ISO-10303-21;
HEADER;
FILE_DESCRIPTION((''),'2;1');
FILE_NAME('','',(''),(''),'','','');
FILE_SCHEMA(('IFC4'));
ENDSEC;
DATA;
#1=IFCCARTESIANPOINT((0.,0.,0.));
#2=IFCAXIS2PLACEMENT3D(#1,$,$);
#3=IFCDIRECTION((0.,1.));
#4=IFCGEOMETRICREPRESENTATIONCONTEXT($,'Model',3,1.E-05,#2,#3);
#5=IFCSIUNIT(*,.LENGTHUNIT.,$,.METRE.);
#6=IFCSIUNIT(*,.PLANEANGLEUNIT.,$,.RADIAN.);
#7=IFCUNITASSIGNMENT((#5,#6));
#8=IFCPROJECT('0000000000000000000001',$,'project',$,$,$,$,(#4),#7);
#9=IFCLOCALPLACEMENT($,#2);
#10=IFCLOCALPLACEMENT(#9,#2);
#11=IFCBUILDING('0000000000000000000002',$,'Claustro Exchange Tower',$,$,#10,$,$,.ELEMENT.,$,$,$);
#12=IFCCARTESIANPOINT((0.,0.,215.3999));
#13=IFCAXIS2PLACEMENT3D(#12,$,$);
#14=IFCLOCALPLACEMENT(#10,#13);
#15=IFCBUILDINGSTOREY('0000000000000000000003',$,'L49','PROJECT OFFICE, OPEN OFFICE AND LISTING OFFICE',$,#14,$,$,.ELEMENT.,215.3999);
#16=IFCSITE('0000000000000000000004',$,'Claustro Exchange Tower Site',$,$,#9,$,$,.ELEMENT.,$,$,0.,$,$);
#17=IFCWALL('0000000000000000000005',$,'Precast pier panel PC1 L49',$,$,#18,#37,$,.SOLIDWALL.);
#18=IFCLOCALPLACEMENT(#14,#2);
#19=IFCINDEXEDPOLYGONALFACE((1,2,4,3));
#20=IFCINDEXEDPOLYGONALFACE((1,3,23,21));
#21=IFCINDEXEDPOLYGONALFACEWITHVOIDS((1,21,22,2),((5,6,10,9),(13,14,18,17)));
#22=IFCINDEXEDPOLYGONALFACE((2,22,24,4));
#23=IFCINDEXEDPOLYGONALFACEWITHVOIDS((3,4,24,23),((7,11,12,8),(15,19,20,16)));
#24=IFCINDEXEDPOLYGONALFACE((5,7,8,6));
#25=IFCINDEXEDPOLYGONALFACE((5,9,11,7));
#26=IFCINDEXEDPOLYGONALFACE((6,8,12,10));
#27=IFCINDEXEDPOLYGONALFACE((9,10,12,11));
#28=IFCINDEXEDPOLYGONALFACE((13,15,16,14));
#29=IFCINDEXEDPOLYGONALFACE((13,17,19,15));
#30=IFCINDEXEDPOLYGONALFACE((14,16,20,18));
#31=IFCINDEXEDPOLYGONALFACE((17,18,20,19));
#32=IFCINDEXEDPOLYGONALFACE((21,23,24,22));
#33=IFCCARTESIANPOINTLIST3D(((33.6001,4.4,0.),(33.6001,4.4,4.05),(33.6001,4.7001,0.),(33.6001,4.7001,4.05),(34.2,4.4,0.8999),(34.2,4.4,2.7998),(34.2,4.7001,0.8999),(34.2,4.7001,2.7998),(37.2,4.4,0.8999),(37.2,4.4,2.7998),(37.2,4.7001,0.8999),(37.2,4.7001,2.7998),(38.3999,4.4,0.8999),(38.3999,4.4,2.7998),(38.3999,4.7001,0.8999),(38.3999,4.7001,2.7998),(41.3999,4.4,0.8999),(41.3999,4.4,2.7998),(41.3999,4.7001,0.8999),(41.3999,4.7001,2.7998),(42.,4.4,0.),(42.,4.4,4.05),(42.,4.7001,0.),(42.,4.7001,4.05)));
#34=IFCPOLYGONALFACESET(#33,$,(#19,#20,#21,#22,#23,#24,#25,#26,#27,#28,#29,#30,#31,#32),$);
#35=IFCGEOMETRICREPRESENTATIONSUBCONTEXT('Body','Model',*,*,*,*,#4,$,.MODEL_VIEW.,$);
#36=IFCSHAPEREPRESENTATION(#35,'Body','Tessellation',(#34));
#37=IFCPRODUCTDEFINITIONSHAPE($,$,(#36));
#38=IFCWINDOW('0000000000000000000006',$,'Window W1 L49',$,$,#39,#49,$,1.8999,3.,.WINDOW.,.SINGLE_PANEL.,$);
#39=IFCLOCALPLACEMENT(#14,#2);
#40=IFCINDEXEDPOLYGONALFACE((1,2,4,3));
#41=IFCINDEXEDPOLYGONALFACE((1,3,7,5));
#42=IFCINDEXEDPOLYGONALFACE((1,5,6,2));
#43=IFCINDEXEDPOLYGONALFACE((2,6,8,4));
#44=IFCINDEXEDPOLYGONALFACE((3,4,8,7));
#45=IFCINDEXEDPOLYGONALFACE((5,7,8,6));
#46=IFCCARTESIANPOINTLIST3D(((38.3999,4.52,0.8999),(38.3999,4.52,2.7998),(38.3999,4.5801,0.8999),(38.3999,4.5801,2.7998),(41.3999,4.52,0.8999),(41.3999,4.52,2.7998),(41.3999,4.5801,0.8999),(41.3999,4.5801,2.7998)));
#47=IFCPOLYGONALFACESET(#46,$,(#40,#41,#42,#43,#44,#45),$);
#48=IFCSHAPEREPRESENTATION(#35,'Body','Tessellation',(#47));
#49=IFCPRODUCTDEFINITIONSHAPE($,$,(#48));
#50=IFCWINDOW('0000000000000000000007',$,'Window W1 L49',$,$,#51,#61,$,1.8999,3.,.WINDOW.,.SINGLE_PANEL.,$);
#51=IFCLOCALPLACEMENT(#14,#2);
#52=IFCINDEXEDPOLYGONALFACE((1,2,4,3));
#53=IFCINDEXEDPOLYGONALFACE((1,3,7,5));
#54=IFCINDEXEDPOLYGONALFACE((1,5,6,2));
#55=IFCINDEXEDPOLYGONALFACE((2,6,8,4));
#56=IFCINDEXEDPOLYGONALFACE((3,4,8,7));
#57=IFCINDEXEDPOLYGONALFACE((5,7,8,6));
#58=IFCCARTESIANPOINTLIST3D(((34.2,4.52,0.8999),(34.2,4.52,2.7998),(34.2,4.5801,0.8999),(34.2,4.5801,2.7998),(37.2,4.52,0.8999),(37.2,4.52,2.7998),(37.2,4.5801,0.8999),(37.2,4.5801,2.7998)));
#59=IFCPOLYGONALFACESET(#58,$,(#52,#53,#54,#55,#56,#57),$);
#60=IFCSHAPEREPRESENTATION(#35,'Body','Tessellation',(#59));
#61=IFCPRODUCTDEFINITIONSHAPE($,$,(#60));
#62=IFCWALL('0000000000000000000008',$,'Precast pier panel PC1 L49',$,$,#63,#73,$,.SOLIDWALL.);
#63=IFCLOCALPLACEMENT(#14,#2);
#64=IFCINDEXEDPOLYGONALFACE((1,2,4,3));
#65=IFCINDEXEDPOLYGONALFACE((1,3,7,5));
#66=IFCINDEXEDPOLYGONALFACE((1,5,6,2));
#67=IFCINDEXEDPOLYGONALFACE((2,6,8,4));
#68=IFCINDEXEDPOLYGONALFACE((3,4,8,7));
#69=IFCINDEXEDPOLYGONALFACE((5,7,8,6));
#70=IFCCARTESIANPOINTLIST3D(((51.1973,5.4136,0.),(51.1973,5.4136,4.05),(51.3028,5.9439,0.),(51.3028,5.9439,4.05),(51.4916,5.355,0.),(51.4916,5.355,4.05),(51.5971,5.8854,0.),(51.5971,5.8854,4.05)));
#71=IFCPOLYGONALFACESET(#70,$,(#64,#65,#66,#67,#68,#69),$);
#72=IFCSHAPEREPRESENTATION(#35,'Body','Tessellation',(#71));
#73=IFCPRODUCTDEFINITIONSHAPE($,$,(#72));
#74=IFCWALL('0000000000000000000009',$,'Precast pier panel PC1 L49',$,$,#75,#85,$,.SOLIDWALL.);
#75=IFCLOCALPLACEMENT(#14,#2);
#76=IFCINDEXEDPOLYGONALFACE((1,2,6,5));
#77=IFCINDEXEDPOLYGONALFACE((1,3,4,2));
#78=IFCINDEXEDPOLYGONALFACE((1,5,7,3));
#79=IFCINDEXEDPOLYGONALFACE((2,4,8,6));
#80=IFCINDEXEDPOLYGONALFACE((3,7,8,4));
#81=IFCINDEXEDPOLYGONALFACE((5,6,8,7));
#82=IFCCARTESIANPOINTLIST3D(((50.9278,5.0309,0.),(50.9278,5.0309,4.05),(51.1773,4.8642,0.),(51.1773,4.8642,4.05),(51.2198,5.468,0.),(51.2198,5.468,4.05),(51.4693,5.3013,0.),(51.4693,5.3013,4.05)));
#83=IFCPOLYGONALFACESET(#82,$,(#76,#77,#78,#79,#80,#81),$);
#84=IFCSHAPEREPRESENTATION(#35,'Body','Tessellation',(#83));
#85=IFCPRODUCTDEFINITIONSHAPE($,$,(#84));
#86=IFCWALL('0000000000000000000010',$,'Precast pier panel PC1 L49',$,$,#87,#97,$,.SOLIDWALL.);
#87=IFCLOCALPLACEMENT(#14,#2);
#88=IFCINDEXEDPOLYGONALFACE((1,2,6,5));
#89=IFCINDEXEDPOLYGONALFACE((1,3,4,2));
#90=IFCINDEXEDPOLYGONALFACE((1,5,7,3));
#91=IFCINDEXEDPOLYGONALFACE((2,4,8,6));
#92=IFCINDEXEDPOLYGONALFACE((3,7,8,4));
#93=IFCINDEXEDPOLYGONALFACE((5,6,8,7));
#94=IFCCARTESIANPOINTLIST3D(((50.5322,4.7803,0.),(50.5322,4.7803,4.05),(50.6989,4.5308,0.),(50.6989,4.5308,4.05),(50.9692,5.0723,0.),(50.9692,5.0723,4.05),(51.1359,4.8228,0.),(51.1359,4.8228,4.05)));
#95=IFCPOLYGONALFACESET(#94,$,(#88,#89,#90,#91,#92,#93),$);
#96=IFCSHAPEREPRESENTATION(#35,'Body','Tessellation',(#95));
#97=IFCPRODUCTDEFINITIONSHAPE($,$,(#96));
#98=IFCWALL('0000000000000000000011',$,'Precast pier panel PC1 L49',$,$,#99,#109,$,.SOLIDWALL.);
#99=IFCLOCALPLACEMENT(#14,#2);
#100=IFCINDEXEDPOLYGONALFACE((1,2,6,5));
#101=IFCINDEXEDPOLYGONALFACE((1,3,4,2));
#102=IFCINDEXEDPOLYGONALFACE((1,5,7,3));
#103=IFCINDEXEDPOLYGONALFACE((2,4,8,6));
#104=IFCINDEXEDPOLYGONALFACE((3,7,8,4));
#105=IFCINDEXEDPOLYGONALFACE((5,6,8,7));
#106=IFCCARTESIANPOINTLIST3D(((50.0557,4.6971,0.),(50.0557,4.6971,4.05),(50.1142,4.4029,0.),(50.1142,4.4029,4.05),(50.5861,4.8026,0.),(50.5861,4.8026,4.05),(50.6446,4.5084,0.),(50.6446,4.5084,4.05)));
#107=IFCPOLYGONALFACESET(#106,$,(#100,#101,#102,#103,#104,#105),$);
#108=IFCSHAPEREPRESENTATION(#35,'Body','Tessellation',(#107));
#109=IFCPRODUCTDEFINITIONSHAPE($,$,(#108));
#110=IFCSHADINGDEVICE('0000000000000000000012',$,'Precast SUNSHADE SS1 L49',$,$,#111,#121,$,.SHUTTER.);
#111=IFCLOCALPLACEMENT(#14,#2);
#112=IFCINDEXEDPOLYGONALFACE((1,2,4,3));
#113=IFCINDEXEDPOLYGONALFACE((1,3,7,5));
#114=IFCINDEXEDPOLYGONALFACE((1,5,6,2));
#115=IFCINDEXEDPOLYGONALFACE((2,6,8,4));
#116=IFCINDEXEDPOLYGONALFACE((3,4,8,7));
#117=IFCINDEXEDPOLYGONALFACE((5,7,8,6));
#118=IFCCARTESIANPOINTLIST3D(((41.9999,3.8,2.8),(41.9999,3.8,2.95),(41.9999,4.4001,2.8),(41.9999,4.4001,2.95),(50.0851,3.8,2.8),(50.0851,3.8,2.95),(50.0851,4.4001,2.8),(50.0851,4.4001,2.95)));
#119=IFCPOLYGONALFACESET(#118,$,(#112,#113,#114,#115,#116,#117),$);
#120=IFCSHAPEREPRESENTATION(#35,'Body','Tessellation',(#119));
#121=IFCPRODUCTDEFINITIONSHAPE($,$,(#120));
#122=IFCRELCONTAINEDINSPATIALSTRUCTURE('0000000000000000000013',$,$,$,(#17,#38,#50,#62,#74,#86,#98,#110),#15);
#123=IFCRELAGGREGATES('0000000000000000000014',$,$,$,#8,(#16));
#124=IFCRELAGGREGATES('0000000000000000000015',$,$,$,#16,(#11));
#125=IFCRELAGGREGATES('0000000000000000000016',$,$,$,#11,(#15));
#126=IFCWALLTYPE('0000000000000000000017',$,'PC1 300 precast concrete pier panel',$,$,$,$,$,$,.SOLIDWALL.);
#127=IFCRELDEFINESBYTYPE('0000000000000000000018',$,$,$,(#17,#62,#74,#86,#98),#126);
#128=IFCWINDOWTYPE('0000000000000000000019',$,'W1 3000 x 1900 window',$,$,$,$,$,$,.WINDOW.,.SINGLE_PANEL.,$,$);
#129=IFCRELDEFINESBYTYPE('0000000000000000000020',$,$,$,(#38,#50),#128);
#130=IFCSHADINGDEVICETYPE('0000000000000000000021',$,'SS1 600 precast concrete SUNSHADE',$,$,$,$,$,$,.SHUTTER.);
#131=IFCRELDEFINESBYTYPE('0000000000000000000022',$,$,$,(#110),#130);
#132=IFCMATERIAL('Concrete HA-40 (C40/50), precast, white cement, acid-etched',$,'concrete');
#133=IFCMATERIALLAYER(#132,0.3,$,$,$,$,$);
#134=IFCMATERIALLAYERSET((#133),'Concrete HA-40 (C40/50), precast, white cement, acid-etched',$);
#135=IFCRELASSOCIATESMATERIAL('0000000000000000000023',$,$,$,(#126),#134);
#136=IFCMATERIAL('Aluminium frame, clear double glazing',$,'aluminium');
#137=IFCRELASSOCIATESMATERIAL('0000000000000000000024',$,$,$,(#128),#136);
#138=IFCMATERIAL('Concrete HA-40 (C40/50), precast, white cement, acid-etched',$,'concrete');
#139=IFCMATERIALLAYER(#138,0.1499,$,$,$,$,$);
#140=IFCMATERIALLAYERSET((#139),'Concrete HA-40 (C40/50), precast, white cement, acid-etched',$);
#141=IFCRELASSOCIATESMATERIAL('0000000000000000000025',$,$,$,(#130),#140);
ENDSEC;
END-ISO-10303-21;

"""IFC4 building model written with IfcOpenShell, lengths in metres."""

from ifc_helpers import new_model, si_unit, direction, frame, frame_2d, origin, origin_2d, place, context, subcontext, project, spatial, rectangle, extrude, material, layer, layer_set, type_object, element, fill, save


model = new_model("IFC4")

# Units and contexts
model_context = context("Model", 3, precision=1e-05, world=origin(), true_north=direction((0.0, 1.0)))
body_context = subcontext(model_context, "Body", "Model", "MODEL_VIEW")
ifc_project = project(units=[si_unit("LENGTHUNIT", "METRE"), si_unit("PLANEANGLEUNIT", "RADIAN")], contexts=[model_context])

# Site, building, storey
site_placement = place(None, origin())
site = spatial("IfcSite", under=ifc_project, at=site_placement, Name="Claustro Exchange Tower Site", CompositionType="ELEMENT", RefElevation=0.0)
building_placement = place(site_placement, origin())
building = spatial("IfcBuilding", under=site, at=building_placement, Name="Claustro Exchange Tower", CompositionType="ELEMENT")
storey_placement = place(building_placement, frame((0.0, 0.0, 215.3999)))
storey = spatial("IfcBuildingStorey", under=building, at=storey_placement, Name="L49", Description="PROJECT OFFICE, OPEN OFFICE AND LISTING OFFICE", CompositionType="ELEMENT", Elevation=215.3999)

# Wall, openings, windows
ifc_material_1 = material(Name="Concrete HA-40 (C40/50), precast, white cement, acid-etched", Category="concrete")
ifc_layer_1 = layer(ifc_material_1, 0.3)
ifc_layer_set_1 = layer_set([ifc_layer_1], Name="Concrete HA-40 (C40/50), precast, white cement, acid-etched")
wall_type_1 = type_object("IfcWallType", Name="PC1 300 precast concrete pier panel", PredefinedType="SOLIDWALL", material=ifc_layer_set_1)
ifc_material_2 = material(Name="Aluminium frame, clear double glazing", Category="aluminium")
window_type = type_object("IfcWindowType", Name="W1 3000 x 1900 window", PartitioningType="SINGLE_PANEL", PredefinedType="WINDOW", material=ifc_material_2)
wall_1_placement = place(storey_placement, frame((42.0, 4.55, 0.0), z_axis=(0.0, 0.0, 1.0), x_axis=(-1.0, 0.0, 0.0)))
wall_1 = element("IfcWall", 1, at=wall_1_placement, inside=storey, type_object=wall_type_1, Name="Precast pier panel PC1 L49", PredefinedType="SOLIDWALL", context=body_context, shape_type="SweptSolid", body=[
    extrude(rectangle(XDim=8.3999, YDim=0.3, at=frame_2d((4.2, 0.0))), origin(), (0.0, 0.0, 1.0), 4.05),
])
opening_1_placement = place(wall_1_placement, frame((0.6001, 0.0, 0.8999)))
opening_1 = element("IfcOpeningElement", 2, at=opening_1_placement, cuts=wall_1, PredefinedType="OPENING", context=body_context, shape_type="SweptSolid", body=[
    extrude(rectangle(XDim=3.0, YDim=1.8999, at=frame_2d((1.5, 0.95))), frame((0.0, 0.1599, 0.0), z_axis=(0.0, -1.0, 0.0), x_axis=(1.0, 0.0, 0.0)), (0.0, 0.0, 1.0), 0.3201),
])
opening_2_placement = place(wall_1_placement, frame((4.8, 0.0, 0.8999)))
opening_2 = element("IfcOpeningElement", 3, at=opening_2_placement, cuts=wall_1, PredefinedType="OPENING", context=body_context, shape_type="SweptSolid", body=[
    extrude(rectangle(XDim=3.0, YDim=1.8999, at=frame_2d((1.5, 0.95))), frame((0.0, 0.1599, 0.0), z_axis=(0.0, -1.0, 0.0), x_axis=(1.0, 0.0, 0.0)), (0.0, 0.0, 1.0), 0.3201),
])
window_1_placement = place(opening_1_placement, origin())
window_1 = element("IfcWindow", 4, at=window_1_placement, inside=storey, type_object=window_type, Name="Window W1 L49", OverallHeight=1.8999, OverallWidth=3.0, PartitioningType="SINGLE_PANEL", PredefinedType="WINDOW", context=body_context, shape_type="SweptSolid", body=[
    extrude(rectangle(XDim=3.0, YDim=1.8999, at=frame_2d((1.5, 0.95))), frame((0.0, 0.03, 0.0), z_axis=(0.0, -1.0, 0.0), x_axis=(1.0, 0.0, 0.0)), (0.0, 0.0, 1.0), 0.0601),
])
fill(opening_1, window_1)
window_2_placement = place(opening_2_placement, origin())
window_2 = element("IfcWindow", 5, at=window_2_placement, inside=storey, type_object=window_type, Name="Window W1 L49", OverallHeight=1.8999, OverallWidth=3.0, PartitioningType="SINGLE_PANEL", PredefinedType="WINDOW", context=body_context, shape_type="SweptSolid", body=[
    extrude(rectangle(XDim=3.0, YDim=1.8999, at=frame_2d((1.5, 0.95))), frame((0.0, 0.03, 0.0), z_axis=(0.0, -1.0, 0.0), x_axis=(1.0, 0.0, 0.0)), (0.0, 0.0, 1.0), 0.0601),
])
fill(opening_2, window_2)

# Walls
wall_2_placement = place(storey_placement, frame((51.45, 5.9148, 0.0), z_axis=(0.0, 0.0, 1.0), x_axis=(-0.195074, -0.980789, 0.0)))
element("IfcWall", 6, at=wall_2_placement, inside=storey, type_object=wall_type_1, Name="Precast pier panel PC1 L49", PredefinedType="SOLIDWALL", context=body_context, shape_type="SweptSolid", body=[
    extrude(rectangle(XDim=0.5408, YDim=0.3, at=frame_2d((0.2705, 0.0))), origin(), (0.0, 0.0, 1.0), 4.05),
])
for number, where, z_axis, x_axis, name in (
    (7, (51.3445, 5.3845, 0.0), (0.0, 0.0, 1.0), (-0.555557, -0.831478, 0.0), "Precast pier panel PC1 L49"),
    (8, (51.0525, 4.9475, 0.0), (0.0, 0.0, 1.0), (-0.831478, -0.555557, 0.0), "Precast pier panel PC1 L49"),
):
    element("IfcWall", number, at=place(storey_placement, frame(where, z_axis=z_axis, x_axis=x_axis)), inside=storey, type_object=wall_type_1, Name=name, PredefinedType="SOLIDWALL", context=body_context, shape_type="SweptSolid", body=[
        extrude(rectangle(XDim=0.5256, YDim=0.3, at=frame_2d((0.2627, 0.0))), origin(), (0.0, 0.0, 1.0), 4.05),
    ])
wall_3_placement = place(storey_placement, frame((50.6155, 4.6555, 0.0), z_axis=(0.0, 0.0, 1.0), x_axis=(-0.980789, -0.195074, 0.0)))
element("IfcWall", 9, at=wall_3_placement, inside=storey, type_object=wall_type_1, Name="Precast pier panel PC1 L49", PredefinedType="SOLIDWALL", context=body_context, shape_type="SweptSolid", body=[
    extrude(rectangle(XDim=0.5408, YDim=0.3, at=frame_2d((0.2705, 0.0))), origin(), (0.0, 0.0, 1.0), 4.05),
])

# Shading device
ifc_material_3 = material(Name="Concrete HA-40 (C40/50), precast, white cement, acid-etched", Category="concrete")
ifc_layer_2 = layer(ifc_material_3, 0.1499)
ifc_layer_set_2 = layer_set([ifc_layer_2], Name="Concrete HA-40 (C40/50), precast, white cement, acid-etched")
shading_device_type = type_object("IfcShadingDeviceType", Name="SS1 600 precast concrete SUNSHADE", PredefinedType="SHUTTER", material=ifc_layer_set_2)
shading_device_placement = place(storey_placement, frame((46.0425, 4.1001, 2.8), z_axis=(0.0, 0.0, 1.0), x_axis=(-1.0, 0.0, 0.0)))
element("IfcShadingDevice", 10, at=shading_device_placement, inside=storey, type_object=shading_device_type, Name="Precast SUNSHADE SS1 L49", PredefinedType="SHUTTER", context=body_context, shape_type="SweptSolid", body=[
    extrude(rectangle(XDim=8.0852, YDim=0.6001, at=origin_2d()), origin(), (0.0, 0.0, 1.0), 0.1499),
])

save(model, "model.ifc")
